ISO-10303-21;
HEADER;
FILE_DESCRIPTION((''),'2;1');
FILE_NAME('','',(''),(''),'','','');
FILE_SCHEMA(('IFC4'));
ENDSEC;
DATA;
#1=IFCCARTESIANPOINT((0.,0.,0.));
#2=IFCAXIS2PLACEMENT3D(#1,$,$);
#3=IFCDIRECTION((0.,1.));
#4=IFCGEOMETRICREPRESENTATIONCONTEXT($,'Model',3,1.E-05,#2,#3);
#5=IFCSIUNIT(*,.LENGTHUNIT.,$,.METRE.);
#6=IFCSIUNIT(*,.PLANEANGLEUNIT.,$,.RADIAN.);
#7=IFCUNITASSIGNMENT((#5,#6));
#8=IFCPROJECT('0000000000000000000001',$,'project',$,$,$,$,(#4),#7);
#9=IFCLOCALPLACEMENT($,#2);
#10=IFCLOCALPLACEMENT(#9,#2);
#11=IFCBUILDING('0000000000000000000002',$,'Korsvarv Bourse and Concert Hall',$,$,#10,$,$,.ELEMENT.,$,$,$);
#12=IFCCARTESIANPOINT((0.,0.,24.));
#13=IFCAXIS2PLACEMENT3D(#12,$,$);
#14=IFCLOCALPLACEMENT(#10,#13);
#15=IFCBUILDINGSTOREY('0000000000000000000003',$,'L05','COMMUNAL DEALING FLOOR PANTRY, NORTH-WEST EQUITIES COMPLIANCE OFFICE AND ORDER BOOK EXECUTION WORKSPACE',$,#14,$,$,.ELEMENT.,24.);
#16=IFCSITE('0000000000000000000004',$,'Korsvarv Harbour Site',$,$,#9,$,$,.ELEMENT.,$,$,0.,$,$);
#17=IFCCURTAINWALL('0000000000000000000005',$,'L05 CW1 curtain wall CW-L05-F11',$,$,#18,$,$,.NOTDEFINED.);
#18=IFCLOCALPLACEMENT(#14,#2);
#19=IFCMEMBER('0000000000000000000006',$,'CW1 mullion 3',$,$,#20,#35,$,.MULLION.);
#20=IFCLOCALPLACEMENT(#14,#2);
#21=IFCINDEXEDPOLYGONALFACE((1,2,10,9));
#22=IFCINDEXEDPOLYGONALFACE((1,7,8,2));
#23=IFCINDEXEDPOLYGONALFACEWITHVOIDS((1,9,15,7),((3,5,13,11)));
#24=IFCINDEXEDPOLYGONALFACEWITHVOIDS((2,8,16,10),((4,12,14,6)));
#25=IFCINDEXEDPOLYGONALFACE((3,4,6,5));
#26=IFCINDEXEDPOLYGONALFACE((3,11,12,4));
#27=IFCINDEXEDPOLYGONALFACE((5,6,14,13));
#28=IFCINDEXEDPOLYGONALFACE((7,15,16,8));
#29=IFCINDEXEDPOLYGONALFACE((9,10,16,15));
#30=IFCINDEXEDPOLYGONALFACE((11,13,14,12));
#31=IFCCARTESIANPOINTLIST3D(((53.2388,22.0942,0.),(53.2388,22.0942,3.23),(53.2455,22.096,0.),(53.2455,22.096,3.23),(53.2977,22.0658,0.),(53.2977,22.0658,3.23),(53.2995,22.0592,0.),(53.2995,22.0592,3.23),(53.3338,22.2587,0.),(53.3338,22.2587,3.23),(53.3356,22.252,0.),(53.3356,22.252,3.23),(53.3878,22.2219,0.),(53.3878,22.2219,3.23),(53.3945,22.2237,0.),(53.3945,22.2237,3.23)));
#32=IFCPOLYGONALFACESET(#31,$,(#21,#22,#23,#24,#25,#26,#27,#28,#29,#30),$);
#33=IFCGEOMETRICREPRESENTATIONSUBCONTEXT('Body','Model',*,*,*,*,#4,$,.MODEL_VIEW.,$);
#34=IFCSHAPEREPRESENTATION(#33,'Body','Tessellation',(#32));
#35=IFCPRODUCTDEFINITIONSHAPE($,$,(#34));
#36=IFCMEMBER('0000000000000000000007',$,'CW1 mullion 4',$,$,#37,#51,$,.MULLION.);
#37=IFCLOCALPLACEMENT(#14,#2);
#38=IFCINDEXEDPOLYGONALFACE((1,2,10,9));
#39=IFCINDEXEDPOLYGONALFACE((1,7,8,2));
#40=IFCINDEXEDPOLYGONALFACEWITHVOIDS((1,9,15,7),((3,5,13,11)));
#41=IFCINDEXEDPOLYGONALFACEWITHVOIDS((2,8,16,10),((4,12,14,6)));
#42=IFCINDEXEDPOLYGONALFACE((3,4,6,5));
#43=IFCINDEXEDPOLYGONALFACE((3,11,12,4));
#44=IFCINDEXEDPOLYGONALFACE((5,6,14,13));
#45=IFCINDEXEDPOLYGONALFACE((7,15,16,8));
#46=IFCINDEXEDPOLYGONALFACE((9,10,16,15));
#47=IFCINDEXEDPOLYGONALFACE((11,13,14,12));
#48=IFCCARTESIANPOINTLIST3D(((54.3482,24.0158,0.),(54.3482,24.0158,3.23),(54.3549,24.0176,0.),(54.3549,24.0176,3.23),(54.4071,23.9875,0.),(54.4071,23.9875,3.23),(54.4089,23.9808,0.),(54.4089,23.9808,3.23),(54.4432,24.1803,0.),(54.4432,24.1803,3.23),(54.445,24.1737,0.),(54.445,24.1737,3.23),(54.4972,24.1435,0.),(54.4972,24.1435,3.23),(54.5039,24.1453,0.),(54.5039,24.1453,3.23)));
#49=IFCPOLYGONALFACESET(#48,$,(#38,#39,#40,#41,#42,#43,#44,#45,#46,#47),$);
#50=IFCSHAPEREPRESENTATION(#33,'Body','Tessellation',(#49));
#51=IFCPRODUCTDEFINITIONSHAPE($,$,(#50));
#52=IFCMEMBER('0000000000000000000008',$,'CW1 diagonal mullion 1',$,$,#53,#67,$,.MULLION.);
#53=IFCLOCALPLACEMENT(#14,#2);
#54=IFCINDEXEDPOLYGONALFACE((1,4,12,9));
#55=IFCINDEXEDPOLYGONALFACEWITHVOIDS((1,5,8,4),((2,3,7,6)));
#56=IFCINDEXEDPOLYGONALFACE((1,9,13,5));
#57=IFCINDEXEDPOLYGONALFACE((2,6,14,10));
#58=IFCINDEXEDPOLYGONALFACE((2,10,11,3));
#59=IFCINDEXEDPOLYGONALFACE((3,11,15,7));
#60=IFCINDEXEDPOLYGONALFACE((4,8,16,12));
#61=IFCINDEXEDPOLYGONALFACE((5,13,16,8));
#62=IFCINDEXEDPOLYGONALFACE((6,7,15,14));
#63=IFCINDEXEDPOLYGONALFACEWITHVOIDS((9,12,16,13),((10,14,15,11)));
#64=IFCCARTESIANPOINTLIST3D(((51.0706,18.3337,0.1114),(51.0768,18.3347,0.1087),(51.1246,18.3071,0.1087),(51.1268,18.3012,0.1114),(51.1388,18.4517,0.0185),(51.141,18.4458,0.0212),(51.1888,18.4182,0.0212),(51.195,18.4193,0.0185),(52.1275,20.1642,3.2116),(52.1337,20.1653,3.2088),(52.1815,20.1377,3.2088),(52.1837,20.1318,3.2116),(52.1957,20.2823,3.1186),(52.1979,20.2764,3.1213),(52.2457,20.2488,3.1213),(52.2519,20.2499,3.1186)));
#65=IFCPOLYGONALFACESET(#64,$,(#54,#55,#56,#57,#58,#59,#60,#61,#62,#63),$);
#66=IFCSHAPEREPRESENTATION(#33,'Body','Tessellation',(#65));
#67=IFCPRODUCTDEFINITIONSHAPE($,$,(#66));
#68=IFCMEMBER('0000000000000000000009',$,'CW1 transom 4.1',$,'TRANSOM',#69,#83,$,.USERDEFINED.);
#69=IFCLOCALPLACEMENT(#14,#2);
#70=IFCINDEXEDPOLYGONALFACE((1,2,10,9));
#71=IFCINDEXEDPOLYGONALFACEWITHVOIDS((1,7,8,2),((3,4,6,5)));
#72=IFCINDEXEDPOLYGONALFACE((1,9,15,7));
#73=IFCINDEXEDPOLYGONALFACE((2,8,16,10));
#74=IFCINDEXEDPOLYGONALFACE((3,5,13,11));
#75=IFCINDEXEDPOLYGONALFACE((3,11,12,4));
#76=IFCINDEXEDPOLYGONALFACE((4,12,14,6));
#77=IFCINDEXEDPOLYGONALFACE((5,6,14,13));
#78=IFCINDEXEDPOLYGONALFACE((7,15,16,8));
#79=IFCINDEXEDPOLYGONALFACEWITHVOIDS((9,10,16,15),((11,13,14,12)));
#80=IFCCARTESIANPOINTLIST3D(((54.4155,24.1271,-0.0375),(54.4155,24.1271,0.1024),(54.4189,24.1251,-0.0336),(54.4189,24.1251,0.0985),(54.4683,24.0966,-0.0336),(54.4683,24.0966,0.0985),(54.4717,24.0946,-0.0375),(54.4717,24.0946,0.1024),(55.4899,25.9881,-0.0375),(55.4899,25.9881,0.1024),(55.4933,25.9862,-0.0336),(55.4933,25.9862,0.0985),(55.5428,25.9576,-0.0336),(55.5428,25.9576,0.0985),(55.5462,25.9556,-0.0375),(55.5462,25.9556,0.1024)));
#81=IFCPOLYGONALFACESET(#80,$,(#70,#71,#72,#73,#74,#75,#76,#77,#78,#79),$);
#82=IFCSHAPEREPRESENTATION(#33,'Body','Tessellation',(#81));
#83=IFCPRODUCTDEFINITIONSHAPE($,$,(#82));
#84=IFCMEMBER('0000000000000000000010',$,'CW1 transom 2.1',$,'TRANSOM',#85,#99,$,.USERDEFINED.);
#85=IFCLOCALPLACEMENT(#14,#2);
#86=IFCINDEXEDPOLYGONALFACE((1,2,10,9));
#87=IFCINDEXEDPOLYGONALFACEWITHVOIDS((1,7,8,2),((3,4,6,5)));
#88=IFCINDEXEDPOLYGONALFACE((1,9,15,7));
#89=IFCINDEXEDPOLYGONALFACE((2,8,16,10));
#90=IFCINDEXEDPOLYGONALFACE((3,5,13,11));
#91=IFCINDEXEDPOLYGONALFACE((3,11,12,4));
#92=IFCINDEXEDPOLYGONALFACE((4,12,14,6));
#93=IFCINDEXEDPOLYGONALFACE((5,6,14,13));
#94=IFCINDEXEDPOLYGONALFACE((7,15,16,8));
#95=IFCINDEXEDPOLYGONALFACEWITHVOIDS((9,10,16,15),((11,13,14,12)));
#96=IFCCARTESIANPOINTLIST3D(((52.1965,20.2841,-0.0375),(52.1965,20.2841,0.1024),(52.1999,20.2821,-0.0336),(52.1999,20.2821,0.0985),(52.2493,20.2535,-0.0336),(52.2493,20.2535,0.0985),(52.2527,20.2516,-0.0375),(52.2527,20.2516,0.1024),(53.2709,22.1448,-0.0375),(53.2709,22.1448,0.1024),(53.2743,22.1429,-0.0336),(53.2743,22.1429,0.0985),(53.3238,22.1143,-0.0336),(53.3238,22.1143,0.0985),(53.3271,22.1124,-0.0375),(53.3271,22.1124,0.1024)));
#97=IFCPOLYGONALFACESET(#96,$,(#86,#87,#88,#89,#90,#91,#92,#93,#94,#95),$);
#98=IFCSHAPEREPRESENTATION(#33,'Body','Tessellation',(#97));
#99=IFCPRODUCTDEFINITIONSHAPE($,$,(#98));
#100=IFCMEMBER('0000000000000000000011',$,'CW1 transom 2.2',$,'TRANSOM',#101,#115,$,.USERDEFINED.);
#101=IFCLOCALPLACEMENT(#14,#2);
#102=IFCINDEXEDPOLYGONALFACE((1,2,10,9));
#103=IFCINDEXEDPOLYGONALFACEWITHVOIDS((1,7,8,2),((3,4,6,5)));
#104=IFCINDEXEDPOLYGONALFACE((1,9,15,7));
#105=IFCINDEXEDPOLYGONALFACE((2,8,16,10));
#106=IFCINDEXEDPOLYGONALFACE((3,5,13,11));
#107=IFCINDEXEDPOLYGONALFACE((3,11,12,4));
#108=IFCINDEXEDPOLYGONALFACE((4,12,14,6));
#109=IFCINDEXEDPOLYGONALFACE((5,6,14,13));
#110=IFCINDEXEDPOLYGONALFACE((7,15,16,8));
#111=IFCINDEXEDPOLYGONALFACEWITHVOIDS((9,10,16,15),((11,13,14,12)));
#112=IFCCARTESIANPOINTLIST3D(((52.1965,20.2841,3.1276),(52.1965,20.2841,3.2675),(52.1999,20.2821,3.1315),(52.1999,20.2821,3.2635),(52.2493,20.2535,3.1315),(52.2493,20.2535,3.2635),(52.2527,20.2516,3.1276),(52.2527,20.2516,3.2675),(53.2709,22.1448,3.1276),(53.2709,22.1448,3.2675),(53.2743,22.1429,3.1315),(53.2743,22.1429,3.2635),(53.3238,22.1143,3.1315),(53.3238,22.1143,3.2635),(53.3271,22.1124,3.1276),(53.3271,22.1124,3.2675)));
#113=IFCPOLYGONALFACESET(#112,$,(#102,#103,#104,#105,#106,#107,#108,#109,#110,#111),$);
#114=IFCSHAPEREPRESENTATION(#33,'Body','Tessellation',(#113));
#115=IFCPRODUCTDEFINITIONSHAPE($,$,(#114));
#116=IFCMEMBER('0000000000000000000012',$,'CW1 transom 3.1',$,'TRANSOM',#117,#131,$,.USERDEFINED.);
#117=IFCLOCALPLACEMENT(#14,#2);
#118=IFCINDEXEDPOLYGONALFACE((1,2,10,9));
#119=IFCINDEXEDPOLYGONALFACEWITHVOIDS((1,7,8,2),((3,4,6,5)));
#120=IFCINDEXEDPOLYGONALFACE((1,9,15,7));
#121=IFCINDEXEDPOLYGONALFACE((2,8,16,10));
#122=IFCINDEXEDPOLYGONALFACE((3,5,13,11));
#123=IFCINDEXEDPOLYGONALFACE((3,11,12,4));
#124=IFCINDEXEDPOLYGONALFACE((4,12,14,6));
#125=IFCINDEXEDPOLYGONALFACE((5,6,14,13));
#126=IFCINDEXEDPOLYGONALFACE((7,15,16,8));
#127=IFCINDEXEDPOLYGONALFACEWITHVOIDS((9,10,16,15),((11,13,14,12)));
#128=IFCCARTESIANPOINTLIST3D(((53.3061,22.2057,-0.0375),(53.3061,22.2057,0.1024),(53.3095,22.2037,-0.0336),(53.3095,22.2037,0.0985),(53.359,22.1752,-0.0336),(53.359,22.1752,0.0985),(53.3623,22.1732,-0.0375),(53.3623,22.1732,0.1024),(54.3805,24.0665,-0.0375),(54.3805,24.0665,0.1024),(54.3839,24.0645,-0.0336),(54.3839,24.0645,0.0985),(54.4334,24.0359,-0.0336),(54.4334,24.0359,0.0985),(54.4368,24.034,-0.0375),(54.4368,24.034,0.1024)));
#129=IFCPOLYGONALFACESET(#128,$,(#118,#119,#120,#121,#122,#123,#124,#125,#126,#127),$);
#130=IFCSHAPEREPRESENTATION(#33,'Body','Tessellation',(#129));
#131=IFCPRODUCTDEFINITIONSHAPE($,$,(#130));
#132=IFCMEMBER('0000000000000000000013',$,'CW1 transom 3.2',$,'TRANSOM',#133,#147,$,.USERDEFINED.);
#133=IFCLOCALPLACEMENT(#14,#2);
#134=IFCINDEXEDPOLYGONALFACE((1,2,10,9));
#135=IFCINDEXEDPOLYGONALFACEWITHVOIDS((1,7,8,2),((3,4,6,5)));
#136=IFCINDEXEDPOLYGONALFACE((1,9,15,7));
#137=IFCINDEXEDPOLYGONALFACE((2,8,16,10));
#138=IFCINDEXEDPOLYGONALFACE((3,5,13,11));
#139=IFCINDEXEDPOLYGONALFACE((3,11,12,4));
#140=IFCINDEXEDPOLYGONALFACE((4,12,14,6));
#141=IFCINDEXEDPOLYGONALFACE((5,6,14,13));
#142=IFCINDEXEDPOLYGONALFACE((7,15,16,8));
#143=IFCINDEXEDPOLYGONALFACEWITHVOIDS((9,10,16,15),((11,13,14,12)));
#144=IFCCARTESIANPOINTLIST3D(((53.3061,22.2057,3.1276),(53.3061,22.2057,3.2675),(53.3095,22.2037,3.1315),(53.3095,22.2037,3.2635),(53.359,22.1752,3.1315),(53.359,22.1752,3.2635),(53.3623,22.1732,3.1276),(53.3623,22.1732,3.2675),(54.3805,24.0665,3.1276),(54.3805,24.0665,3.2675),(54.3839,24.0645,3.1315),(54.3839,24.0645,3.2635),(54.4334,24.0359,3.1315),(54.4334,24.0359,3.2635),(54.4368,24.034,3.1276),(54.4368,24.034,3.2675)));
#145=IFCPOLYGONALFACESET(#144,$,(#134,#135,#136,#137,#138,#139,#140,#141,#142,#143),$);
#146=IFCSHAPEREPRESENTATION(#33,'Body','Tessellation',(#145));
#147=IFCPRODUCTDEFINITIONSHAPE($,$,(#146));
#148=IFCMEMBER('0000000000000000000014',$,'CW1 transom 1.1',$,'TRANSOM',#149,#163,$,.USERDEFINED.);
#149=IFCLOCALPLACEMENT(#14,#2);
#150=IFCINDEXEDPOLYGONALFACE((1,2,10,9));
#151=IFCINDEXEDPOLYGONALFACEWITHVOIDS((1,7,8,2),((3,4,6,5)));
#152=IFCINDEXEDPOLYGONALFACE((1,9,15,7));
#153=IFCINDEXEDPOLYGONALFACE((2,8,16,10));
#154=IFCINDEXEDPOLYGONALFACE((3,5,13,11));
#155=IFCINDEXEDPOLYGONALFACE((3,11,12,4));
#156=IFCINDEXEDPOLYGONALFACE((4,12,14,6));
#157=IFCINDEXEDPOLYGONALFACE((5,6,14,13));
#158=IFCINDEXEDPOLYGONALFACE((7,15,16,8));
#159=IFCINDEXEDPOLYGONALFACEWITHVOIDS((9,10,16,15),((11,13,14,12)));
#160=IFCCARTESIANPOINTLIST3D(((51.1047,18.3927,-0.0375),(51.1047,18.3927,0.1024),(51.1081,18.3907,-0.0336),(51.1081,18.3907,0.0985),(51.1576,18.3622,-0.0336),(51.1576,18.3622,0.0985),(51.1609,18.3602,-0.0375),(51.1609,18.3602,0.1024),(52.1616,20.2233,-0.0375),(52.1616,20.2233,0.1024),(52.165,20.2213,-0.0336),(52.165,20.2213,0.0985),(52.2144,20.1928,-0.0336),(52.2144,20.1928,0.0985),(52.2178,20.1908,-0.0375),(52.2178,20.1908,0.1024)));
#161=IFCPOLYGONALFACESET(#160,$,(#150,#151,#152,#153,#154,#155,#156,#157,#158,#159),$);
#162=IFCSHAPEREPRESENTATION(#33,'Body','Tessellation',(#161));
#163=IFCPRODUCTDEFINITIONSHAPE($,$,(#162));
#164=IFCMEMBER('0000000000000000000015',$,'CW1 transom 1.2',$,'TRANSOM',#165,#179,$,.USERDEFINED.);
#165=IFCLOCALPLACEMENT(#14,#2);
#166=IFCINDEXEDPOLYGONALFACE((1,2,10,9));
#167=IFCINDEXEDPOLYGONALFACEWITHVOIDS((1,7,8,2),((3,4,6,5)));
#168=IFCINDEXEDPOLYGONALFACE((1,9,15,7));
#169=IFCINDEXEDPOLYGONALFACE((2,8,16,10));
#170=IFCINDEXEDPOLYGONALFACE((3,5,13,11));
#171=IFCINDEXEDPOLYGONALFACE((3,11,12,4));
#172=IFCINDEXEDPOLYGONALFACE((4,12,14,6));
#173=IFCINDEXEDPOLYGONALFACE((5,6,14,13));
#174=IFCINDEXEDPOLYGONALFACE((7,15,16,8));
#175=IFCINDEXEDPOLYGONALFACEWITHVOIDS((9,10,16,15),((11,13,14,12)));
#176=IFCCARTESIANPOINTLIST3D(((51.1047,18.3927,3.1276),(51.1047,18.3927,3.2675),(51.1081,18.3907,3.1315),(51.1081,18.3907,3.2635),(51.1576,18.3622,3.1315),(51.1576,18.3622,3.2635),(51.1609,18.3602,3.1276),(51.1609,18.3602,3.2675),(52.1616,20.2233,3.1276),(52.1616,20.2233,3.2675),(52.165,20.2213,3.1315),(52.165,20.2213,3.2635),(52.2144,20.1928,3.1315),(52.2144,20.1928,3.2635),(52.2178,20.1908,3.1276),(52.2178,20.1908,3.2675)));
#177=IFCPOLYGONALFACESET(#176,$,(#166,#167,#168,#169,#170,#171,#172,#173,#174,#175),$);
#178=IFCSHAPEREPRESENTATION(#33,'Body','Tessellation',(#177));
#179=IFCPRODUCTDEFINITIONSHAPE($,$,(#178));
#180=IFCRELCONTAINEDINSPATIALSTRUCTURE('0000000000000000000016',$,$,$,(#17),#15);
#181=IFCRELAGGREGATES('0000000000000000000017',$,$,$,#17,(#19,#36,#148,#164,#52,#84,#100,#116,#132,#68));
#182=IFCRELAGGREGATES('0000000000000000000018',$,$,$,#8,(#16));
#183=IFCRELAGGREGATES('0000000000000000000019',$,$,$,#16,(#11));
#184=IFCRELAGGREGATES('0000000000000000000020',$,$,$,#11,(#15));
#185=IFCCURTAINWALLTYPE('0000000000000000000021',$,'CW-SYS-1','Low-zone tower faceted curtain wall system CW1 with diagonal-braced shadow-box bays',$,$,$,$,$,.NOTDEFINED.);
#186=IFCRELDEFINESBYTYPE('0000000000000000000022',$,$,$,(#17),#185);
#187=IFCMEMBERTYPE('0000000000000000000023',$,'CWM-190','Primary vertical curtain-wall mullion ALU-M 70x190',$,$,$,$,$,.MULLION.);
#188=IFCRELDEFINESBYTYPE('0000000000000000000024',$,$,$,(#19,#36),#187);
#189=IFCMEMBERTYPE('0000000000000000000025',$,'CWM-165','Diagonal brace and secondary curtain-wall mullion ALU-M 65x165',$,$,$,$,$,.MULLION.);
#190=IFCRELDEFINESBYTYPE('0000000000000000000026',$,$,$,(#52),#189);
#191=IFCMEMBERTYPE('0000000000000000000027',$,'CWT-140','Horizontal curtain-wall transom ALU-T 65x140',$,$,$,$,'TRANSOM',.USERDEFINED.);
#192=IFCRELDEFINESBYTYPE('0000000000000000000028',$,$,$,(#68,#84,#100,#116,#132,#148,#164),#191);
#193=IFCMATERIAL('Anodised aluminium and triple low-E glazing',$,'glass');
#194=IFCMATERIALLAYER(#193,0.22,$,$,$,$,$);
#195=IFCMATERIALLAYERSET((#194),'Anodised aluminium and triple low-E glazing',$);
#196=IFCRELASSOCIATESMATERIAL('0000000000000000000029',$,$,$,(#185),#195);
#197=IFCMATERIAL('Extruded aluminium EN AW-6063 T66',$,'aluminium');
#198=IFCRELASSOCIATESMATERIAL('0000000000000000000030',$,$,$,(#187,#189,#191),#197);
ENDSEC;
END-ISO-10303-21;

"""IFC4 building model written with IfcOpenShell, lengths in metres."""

from ifc_helpers import new_model, si_unit, direction, frame, origin, origin_2d, place, context, subcontext, project, spatial, hollow_rectangle, extrude, source, transform, mapped, material, layer, layer_set, material_profile, profile_set, type_object, element, aggregate, save


model = new_model("IFC4")

# Units and contexts
model_context = context("Model", 3, precision=1e-05, world=origin(), true_north=direction((0.0, 1.0)))
body_context = subcontext(model_context, "Body", "Model", "MODEL_VIEW")
ifc_project = project(units=[si_unit("LENGTHUNIT", "METRE"), si_unit("PLANEANGLEUNIT", "RADIAN")], contexts=[model_context])

# Site, building, storey
site_placement = place(None, origin())
site = spatial("IfcSite", under=ifc_project, at=site_placement, Name="Korsvarv Harbour Site", CompositionType="ELEMENT", RefElevation=0.0)
building_placement = place(site_placement, origin())
building = spatial("IfcBuilding", under=site, at=building_placement, Name="Korsvarv Bourse and Concert Hall", CompositionType="ELEMENT")
storey_placement = place(building_placement, frame((0.0, 0.0, 24.0)))
storey = spatial("IfcBuildingStorey", under=building, at=storey_placement, Name="L05", Description="COMMUNAL DEALING FLOOR PANTRY, NORTH-WEST EQUITIES COMPLIANCE OFFICE AND ORDER BOOK EXECUTION WORKSPACE", CompositionType="ELEMENT", Elevation=24.0)

# Curtain wall, members
ifc_material_1 = material(Name="Anodised aluminium and triple low-E glazing", Category="glass")
ifc_layer_1 = layer(ifc_material_1, 0.22)
ifc_layer_set_1 = layer_set([ifc_layer_1], Name="Anodised aluminium and triple low-E glazing")
curtain_wall_type = type_object("IfcCurtainWallType", Name="CW-SYS-1", Description="Low-zone tower faceted curtain wall system CW1 with diagonal-braced shadow-box bays", PredefinedType="NOTDEFINED", material=ifc_layer_set_1)
curtain_wall_placement = place(storey_placement, origin())
curtain_wall = element("IfcCurtainWall", 1, at=curtain_wall_placement, inside=storey, type_object=curtain_wall_type, Name="L05 CW1 curtain wall CW-L05-F11", PredefinedType="NOTDEFINED")
ifc_material_2 = material(Name="Extruded aluminium EN AW-6063 T66", Category="aluminium")
ifc_material_profile_1 = material_profile(ifc_material_2, hollow_rectangle(XDim=0.0701, YDim=0.1899, WallThickness=0.0049, at=origin_2d()), Name="ALU-M 70x190")
ifc_profile_set_1 = profile_set([ifc_material_profile_1], Name="Extruded aluminium EN AW-6063 T66")
member_type_1 = type_object("IfcMemberType", Name="CWM-190", Description="Primary vertical curtain-wall mullion ALU-M 70x190", PredefinedType="MULLION", material=ifc_profile_set_1)
shared_shape_1 = source(origin(), body_context, "Body", "SweptSolid", [
    extrude(hollow_rectangle(XDim=0.0701, YDim=0.1899, WallThickness=0.0049, at=origin_2d()), origin(), (0.0, 0.0, 1.0), 3.23),
])
member_1_placement = place(storey_placement, frame((53.3167, 22.1589, 0.0), z_axis=(0.0, 0.0, 1.0), x_axis=(-0.866029, 0.499995, 0.0)))
member_1 = element("IfcMember", 2, at=member_1_placement, type_object=member_type_1, Name="CW1 mullion 3", PredefinedType="MULLION", context=body_context, shape_type="MappedRepresentation", body=[
    mapped(shared_shape_1, transform((0.0, 0.0, 0.0), scale=1.0)),
])
member_2_placement = place(storey_placement, frame((54.426, 24.0806, 0.0), z_axis=(0.0, 0.0, 1.0), x_axis=(-0.866029, 0.499995, 0.0)))
member_2 = element("IfcMember", 3, at=member_2_placement, type_object=member_type_1, Name="CW1 mullion 4", PredefinedType="MULLION", context=body_context, shape_type="MappedRepresentation", body=[
    mapped(shared_shape_1, transform((0.0, 0.0, 0.0), scale=1.0)),
])
ifc_material_profile_2 = material_profile(ifc_material_2, hollow_rectangle(XDim=0.0649, YDim=0.165, WallThickness=0.0049, at=origin_2d()), Name="ALU-M 65x165")
ifc_profile_set_2 = profile_set([ifc_material_profile_2], Name="Extruded aluminium EN AW-6063 T66")
member_type_2 = type_object("IfcMemberType", Name="CWM-165", Description="Diagonal brace and secondary curtain-wall mullion ALU-M 65x165", PredefinedType="MULLION", material=ifc_profile_set_2)
shared_shape_2 = source(origin(), body_context, "Body", "SweptSolid", [
    extrude(hollow_rectangle(XDim=0.0649, YDim=0.165, WallThickness=0.0049, at=origin_2d()), origin(), (0.0, 0.0, 1.0), 3.7522),
])
member_3_placement = place(storey_placement, frame((51.1328, 18.3765, 0.0649), z_axis=(0.281675, 0.487872, 0.82622), x_axis=(-0.866024, 0.500002, 0.0)))
member_3 = element("IfcMember", 4, at=member_3_placement, type_object=member_type_2, Name="CW1 diagonal mullion 1", PredefinedType="MULLION", context=body_context, shape_type="MappedRepresentation", body=[
    mapped(shared_shape_2, transform((0.0, 0.0, 0.0), scale=1.0)),
])
ifc_material_profile_3 = material_profile(ifc_material_2, hollow_rectangle(XDim=0.0649, YDim=0.1399, WallThickness=0.0039, at=origin_2d()), Name="ALU-T 65x140")
ifc_profile_set_3 = profile_set([ifc_material_profile_3], Name="Extruded aluminium EN AW-6063 T66")
member_type_3 = type_object("IfcMemberType", Name="CWT-140", Description="Horizontal curtain-wall transom ALU-T 65x140", ElementType="TRANSOM", PredefinedType="USERDEFINED", material=ifc_profile_set_3)
shared_shape_3 = source(origin(), body_context, "Body", "SweptSolid", [
    extrude(hollow_rectangle(XDim=0.0649, YDim=0.1399, WallThickness=0.0039, at=origin_2d()), origin(), (0.0, 0.0, 1.0), 2.1489),
])
member_4_placement = place(storey_placement, frame((54.4436, 24.1108, 0.0325), z_axis=(0.499988, 0.866032, 0.0), x_axis=(-0.866032, 0.499988, 0.0)))
member_4 = element("IfcMember", 5, at=member_4_placement, type_object=member_type_3, Name="CW1 transom 4.1", ObjectType="TRANSOM", PredefinedType="USERDEFINED", context=body_context, shape_type="MappedRepresentation", body=[
    mapped(shared_shape_3, transform((0.0, 0.0, 0.0), scale=1.0)),
])
shared_shape_4 = source(origin(), body_context, "Body", "SweptSolid", [
    extrude(hollow_rectangle(XDim=0.0649, YDim=0.1399, WallThickness=0.0039, at=origin_2d()), origin(), (0.0, 0.0, 1.0), 2.1487),
])
member_5_placement = place(storey_placement, frame((52.2246, 20.2678, 0.0325), z_axis=(0.500037, 0.866004, 0.0), x_axis=(-0.866004, 0.500037, 0.0)))
member_5 = element("IfcMember", 6, at=member_5_placement, type_object=member_type_3, Name="CW1 transom 2.1", ObjectType="TRANSOM", PredefinedType="USERDEFINED", context=body_context, shape_type="MappedRepresentation", body=[
    mapped(shared_shape_4, transform((0.0, 0.0, 0.0), scale=1.0)),
])
member_6_placement = place(storey_placement, frame((52.2246, 20.2678, 3.1975), z_axis=(0.500037, 0.866004, 0.0), x_axis=(-0.866004, 0.500037, 0.0)))
member_6 = element("IfcMember", 7, at=member_6_placement, type_object=member_type_3, Name="CW1 transom 2.2", ObjectType="TRANSOM", PredefinedType="USERDEFINED", context=body_context, shape_type="MappedRepresentation", body=[
    mapped(shared_shape_4, transform((0.0, 0.0, 0.0), scale=1.0)),
])
member_7_placement = place(storey_placement, frame((53.3342, 22.1895, 0.0325), z_axis=(0.500037, 0.866004, 0.0), x_axis=(-0.866004, 0.500037, 0.0)))
member_7 = element("IfcMember", 8, at=member_7_placement, type_object=member_type_3, Name="CW1 transom 3.1", ObjectType="TRANSOM", PredefinedType="USERDEFINED", context=body_context, shape_type="MappedRepresentation", body=[
    mapped(shared_shape_4, transform((0.0, 0.0, 0.0), scale=1.0)),
])
member_8_placement = place(storey_placement, frame((53.3342, 22.1895, 3.1975), z_axis=(0.500037, 0.866004, 0.0), x_axis=(-0.866004, 0.500037, 0.0)))
member_8 = element("IfcMember", 9, at=member_8_placement, type_object=member_type_3, Name="CW1 transom 3.2", ObjectType="TRANSOM", PredefinedType="USERDEFINED", context=body_context, shape_type="MappedRepresentation", body=[
    mapped(shared_shape_4, transform((0.0, 0.0, 0.0), scale=1.0)),
])
shared_shape_5 = source(origin(), body_context, "Body", "SweptSolid", [
    extrude(hollow_rectangle(XDim=0.0649, YDim=0.1399, WallThickness=0.0039, at=origin_2d()), origin(), (0.0, 0.0, 1.0), 2.1138),
])
member_9_placement = place(storey_placement, frame((51.1328, 18.3765, 0.0325), z_axis=(0.500002, 0.866024, 0.0), x_axis=(-0.866024, 0.500002, 0.0)))
member_9 = element("IfcMember", 10, at=member_9_placement, type_object=member_type_3, Name="CW1 transom 1.1", ObjectType="TRANSOM", PredefinedType="USERDEFINED", context=body_context, shape_type="MappedRepresentation", body=[
    mapped(shared_shape_5, transform((0.0, 0.0, 0.0), scale=1.0)),
])
member_10_placement = place(storey_placement, frame((51.1328, 18.3765, 3.1975), z_axis=(0.500002, 0.866024, 0.0), x_axis=(-0.866024, 0.500002, 0.0)))
member_10 = element("IfcMember", 11, at=member_10_placement, type_object=member_type_3, Name="CW1 transom 1.2", ObjectType="TRANSOM", PredefinedType="USERDEFINED", context=body_context, shape_type="MappedRepresentation", body=[
    mapped(shared_shape_5, transform((0.0, 0.0, 0.0), scale=1.0)),
])
aggregate(curtain_wall, [member_1, member_2, member_9, member_10, member_3, member_5, member_6, member_7, member_8, member_4])

save(model, "model.ifc")
